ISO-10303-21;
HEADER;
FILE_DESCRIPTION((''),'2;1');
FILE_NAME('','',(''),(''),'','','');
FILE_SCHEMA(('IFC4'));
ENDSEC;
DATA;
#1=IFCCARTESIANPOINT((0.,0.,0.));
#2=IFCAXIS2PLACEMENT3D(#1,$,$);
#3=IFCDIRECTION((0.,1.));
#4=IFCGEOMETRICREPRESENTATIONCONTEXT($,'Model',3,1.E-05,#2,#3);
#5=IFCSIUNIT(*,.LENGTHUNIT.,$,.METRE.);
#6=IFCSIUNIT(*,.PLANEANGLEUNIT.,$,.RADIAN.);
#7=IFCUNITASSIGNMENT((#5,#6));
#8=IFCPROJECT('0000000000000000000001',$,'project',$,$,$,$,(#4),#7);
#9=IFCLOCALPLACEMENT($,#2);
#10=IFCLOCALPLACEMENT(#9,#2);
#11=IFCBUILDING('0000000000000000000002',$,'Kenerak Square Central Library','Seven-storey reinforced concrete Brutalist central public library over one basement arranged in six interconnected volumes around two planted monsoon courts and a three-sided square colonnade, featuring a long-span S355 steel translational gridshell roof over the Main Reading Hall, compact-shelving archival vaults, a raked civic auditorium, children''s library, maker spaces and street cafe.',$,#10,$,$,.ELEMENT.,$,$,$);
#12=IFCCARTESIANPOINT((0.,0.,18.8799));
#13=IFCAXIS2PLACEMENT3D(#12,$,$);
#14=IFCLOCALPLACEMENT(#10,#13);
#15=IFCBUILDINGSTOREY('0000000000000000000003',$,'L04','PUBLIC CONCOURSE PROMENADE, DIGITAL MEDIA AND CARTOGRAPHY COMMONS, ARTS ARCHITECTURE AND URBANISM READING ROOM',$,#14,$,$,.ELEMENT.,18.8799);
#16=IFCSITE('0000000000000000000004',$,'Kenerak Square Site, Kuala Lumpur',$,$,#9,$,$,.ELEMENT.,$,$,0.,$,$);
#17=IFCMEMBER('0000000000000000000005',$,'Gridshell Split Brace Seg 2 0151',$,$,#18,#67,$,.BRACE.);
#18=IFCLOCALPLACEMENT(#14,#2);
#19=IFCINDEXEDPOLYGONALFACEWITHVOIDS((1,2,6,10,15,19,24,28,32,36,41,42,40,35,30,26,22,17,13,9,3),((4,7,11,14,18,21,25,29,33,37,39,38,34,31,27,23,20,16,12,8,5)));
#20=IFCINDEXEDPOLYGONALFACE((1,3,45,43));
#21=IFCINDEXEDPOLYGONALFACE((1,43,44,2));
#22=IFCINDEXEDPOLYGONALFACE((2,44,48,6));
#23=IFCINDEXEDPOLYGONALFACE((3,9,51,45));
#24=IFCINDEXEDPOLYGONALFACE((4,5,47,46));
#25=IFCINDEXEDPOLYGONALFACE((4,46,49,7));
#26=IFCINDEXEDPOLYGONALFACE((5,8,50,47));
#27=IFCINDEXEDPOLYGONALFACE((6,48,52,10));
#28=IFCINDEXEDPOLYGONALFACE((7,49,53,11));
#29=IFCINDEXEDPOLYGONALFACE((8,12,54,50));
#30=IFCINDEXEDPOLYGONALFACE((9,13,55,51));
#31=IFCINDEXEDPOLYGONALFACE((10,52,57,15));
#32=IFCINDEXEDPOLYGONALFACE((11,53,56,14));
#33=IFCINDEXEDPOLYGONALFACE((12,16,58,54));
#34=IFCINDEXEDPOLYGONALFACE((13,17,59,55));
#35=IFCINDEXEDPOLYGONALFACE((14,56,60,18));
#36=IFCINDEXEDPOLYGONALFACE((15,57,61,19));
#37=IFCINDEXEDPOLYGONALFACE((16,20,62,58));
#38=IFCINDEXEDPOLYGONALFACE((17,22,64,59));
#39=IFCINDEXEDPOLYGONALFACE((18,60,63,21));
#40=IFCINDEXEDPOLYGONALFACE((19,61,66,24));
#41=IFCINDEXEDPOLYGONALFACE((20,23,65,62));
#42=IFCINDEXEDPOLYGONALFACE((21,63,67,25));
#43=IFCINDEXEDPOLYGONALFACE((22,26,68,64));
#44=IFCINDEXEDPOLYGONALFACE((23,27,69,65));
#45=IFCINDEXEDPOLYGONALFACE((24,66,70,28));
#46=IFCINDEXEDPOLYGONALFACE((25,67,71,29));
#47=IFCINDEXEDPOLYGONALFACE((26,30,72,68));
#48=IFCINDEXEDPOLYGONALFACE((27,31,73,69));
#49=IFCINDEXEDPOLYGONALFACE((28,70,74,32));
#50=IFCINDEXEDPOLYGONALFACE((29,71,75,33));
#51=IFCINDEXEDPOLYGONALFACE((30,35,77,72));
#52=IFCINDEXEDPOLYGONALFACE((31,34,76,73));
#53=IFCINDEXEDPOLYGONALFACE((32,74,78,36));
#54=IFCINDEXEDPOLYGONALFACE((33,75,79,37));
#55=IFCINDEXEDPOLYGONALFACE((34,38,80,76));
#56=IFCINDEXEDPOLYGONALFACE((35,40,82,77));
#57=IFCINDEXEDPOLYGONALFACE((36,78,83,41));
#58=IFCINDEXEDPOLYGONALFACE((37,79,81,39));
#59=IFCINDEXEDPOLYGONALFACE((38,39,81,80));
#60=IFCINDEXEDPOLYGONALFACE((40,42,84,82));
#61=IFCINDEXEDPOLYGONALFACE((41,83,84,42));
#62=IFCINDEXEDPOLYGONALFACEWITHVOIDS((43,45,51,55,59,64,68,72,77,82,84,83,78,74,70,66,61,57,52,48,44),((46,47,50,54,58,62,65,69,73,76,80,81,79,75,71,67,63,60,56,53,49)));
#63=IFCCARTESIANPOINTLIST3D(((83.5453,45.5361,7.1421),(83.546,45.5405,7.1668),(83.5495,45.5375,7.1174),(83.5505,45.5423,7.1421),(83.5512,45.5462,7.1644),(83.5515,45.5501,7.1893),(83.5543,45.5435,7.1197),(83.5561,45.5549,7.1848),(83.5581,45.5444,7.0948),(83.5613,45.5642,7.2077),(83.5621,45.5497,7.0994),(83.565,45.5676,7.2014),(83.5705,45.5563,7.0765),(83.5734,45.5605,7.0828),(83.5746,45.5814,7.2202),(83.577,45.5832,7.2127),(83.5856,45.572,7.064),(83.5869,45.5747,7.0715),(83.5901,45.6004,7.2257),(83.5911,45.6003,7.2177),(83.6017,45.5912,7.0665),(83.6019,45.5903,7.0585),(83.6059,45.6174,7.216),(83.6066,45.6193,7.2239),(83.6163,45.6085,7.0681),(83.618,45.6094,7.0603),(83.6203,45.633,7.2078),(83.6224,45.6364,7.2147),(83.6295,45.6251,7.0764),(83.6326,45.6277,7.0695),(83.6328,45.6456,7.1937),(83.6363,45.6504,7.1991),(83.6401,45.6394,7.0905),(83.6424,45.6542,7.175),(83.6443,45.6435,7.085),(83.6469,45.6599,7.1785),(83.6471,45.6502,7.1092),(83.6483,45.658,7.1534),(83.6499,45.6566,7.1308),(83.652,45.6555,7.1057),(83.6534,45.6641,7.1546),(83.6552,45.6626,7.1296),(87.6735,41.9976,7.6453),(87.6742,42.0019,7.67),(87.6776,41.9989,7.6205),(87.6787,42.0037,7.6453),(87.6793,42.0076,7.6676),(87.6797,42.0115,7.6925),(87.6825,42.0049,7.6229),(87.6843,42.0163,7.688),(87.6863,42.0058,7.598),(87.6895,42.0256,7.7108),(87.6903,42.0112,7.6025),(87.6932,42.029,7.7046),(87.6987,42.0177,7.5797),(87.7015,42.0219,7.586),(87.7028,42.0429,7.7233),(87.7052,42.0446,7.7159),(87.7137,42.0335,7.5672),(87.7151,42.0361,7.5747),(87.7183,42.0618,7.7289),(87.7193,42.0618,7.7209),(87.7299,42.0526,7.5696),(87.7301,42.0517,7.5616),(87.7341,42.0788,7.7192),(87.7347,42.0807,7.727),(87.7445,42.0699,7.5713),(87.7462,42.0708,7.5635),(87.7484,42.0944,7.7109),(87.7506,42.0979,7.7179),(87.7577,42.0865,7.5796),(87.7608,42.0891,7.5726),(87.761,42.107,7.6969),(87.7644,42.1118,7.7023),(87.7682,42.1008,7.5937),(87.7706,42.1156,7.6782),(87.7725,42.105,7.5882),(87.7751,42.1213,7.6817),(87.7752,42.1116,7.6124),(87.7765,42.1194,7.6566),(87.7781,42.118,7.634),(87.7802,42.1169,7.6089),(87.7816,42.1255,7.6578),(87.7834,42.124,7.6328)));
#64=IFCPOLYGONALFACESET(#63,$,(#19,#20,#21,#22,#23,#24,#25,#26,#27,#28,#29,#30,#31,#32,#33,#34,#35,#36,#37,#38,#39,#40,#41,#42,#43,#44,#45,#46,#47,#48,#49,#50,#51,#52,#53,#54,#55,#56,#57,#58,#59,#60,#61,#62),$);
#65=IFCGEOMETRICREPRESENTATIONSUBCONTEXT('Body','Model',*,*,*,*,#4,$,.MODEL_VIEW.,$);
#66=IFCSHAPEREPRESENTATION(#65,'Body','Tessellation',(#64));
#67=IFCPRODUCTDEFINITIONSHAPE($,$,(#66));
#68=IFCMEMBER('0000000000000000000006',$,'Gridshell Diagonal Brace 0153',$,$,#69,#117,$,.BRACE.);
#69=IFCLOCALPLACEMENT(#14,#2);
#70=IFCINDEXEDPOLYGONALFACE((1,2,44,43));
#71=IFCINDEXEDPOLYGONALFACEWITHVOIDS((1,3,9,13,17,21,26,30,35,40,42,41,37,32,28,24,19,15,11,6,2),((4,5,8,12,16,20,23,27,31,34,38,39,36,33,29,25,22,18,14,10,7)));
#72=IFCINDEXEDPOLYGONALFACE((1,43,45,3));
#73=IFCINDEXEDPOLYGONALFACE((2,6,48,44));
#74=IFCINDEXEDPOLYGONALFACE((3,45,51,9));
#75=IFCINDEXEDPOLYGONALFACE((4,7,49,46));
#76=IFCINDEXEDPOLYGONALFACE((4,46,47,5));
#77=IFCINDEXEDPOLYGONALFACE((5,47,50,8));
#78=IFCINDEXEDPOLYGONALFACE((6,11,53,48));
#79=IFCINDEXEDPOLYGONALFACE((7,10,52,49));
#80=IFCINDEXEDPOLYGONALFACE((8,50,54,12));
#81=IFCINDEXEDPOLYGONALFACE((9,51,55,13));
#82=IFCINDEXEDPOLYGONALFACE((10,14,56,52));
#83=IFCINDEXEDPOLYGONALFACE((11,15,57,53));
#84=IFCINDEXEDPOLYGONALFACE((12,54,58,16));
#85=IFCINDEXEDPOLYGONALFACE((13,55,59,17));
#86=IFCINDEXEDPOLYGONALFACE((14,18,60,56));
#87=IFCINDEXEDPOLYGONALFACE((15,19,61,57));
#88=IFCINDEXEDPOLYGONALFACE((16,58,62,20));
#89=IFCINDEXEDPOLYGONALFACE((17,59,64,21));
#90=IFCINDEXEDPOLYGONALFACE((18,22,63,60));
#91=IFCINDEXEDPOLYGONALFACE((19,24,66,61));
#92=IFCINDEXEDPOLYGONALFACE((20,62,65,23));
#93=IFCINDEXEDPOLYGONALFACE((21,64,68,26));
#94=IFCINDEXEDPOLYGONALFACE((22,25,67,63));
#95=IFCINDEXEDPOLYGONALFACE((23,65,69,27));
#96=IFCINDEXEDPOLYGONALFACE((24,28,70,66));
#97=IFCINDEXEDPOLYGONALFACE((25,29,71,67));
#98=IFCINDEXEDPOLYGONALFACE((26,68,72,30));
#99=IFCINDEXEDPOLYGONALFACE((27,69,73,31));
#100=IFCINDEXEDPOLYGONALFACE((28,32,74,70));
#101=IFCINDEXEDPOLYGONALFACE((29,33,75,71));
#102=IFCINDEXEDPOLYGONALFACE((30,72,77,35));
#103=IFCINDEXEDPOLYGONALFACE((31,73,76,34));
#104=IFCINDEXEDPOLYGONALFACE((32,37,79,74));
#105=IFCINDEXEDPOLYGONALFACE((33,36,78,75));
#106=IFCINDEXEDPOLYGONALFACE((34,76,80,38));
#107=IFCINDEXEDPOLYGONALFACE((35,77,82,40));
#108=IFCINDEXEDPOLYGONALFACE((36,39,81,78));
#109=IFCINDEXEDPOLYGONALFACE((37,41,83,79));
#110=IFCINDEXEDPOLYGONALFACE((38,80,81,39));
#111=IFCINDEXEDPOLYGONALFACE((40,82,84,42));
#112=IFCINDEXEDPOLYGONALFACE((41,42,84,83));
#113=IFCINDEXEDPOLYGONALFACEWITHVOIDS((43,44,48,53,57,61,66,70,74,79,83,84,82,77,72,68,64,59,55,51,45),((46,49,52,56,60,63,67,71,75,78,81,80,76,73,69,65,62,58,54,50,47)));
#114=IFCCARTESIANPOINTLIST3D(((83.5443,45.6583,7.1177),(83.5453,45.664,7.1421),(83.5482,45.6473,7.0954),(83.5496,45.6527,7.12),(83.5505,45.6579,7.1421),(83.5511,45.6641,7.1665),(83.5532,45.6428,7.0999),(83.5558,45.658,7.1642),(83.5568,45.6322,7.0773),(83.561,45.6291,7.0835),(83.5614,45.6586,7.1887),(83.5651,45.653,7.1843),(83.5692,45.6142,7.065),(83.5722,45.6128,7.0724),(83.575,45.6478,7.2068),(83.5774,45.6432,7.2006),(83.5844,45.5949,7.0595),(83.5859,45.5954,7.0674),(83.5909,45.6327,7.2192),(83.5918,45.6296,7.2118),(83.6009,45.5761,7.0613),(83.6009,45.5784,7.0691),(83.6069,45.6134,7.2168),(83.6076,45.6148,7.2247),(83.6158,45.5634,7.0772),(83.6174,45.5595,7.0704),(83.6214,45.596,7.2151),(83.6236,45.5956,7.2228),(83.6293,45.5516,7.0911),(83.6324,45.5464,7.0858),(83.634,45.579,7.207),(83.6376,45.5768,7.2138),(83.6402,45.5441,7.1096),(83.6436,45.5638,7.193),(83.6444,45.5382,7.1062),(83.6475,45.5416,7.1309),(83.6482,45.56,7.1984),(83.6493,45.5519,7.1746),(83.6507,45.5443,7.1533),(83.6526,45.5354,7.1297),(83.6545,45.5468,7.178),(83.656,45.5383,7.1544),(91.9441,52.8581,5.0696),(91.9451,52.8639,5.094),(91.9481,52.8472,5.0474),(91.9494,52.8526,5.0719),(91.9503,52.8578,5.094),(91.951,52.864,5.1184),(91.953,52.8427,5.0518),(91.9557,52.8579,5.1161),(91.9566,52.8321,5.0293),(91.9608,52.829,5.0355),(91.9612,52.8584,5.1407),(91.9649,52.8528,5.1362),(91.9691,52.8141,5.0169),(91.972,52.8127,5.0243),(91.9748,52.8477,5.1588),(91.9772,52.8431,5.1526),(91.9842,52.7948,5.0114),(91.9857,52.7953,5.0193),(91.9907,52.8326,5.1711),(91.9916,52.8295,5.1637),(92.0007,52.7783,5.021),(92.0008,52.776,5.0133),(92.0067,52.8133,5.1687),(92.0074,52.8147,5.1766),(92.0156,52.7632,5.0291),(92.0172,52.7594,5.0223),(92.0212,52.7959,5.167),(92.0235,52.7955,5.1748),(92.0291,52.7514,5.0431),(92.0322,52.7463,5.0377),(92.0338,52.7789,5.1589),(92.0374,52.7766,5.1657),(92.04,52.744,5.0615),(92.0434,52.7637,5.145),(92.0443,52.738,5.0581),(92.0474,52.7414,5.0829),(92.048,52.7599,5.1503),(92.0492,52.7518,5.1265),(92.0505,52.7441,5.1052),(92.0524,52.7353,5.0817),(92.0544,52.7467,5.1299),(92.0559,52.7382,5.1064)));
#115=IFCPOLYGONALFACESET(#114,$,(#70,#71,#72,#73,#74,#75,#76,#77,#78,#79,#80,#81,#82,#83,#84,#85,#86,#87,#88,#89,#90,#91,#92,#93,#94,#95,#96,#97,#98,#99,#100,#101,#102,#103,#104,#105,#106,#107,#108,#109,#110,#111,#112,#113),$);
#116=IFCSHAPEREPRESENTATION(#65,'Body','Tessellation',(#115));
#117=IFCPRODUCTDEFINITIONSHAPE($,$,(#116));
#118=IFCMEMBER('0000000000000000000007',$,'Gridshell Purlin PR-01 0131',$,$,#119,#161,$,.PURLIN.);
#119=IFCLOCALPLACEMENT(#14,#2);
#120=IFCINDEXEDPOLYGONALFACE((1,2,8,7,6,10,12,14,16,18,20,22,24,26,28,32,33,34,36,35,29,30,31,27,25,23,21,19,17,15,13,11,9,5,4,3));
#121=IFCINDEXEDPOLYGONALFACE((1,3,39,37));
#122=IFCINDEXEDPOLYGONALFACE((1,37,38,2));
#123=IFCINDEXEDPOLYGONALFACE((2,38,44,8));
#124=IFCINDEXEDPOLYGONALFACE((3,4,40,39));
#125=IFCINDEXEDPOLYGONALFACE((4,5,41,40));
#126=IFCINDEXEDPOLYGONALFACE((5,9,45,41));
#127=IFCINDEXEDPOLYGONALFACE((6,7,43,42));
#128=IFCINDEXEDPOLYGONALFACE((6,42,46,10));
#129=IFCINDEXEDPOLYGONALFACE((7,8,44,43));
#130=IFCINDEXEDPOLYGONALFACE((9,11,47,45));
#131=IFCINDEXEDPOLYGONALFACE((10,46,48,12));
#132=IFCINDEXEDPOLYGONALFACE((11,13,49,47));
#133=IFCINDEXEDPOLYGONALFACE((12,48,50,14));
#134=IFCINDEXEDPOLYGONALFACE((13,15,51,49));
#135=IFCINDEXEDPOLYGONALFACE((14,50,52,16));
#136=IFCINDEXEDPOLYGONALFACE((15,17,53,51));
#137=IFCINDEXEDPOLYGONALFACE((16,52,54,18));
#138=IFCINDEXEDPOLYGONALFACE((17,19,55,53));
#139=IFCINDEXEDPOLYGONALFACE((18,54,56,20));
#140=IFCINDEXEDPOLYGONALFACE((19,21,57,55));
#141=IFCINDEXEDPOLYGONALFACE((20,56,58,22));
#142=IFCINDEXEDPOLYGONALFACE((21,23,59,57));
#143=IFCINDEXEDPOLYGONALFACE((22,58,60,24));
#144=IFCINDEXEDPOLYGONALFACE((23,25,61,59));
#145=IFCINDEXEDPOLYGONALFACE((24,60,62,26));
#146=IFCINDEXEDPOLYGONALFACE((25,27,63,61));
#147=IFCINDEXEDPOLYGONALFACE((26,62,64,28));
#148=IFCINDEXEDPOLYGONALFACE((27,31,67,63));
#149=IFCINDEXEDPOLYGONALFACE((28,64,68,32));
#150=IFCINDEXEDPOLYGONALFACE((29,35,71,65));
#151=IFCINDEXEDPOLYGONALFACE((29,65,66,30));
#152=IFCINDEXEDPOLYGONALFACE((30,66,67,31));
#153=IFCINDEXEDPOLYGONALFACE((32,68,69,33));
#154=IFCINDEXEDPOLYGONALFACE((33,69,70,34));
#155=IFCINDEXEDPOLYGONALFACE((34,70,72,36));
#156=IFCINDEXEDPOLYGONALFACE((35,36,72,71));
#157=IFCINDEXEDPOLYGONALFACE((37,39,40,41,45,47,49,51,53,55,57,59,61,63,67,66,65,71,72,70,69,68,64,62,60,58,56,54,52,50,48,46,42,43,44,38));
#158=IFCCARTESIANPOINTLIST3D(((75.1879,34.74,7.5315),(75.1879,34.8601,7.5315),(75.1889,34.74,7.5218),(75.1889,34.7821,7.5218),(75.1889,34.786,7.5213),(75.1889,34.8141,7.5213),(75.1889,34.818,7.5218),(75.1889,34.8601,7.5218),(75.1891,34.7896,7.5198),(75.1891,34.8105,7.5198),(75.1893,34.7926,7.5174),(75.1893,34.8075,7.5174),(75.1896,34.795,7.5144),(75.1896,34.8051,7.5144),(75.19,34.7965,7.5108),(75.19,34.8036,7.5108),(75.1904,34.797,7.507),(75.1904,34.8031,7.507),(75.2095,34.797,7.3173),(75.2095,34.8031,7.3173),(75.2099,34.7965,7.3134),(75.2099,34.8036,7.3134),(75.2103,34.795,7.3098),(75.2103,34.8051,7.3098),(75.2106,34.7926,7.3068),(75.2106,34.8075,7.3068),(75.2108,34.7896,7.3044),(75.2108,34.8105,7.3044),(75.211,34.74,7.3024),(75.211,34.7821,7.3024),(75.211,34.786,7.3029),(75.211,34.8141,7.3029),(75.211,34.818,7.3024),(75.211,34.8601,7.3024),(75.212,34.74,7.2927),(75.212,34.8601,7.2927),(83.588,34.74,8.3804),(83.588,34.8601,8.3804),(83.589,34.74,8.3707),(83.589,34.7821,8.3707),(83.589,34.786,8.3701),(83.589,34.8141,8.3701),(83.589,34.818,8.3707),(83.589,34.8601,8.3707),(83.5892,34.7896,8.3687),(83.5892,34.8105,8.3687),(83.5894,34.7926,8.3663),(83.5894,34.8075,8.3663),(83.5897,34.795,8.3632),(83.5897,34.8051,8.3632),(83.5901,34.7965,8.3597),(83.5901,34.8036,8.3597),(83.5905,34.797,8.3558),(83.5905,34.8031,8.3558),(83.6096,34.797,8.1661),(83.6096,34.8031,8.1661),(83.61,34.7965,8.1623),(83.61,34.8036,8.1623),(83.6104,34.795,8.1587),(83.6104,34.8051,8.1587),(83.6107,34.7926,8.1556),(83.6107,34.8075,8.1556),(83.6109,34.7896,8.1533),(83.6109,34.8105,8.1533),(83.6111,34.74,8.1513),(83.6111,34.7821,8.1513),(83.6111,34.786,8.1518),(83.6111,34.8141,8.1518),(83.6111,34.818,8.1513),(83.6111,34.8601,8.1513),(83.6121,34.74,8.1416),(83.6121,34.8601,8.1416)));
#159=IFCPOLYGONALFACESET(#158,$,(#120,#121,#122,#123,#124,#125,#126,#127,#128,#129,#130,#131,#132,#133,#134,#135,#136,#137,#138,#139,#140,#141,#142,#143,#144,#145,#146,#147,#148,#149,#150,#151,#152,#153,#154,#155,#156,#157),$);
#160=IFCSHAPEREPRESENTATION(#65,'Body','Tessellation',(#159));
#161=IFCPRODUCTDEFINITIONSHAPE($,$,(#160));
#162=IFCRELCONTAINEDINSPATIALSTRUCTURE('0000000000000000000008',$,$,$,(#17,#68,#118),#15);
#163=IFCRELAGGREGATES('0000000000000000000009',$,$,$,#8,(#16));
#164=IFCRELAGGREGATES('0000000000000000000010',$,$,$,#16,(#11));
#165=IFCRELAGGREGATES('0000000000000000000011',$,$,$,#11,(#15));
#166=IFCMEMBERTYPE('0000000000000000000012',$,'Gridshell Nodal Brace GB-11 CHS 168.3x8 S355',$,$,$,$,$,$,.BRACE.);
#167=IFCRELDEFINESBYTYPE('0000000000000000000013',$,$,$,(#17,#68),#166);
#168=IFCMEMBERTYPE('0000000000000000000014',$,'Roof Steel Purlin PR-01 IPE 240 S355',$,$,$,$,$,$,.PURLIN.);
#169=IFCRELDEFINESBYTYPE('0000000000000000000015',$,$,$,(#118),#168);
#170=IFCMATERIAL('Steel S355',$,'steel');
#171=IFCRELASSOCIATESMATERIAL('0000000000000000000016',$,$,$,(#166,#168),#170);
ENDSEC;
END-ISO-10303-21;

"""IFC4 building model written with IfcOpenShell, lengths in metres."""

from ifc_helpers import new_model, si_unit, direction, frame, origin, origin_2d, place, context, subcontext, project, spatial, hollow_circle, i_section, extrude, material, material_profile, profile_set, type_object, element, save


model = new_model("IFC4")

# Units and contexts
model_context = context("Model", 3, precision=1e-05, world=origin(), true_north=direction((0.0, 1.0)))
body_context = subcontext(model_context, "Body", "Model", "MODEL_VIEW")
ifc_project = project(units=[si_unit("LENGTHUNIT", "METRE"), si_unit("PLANEANGLEUNIT", "RADIAN")], contexts=[model_context])

# Site, building, storey
site_placement = place(None, origin())
site = spatial("IfcSite", under=ifc_project, at=site_placement, Name="Kenerak Square Site, Kuala Lumpur", CompositionType="ELEMENT", RefElevation=0.0)
building_placement = place(site_placement, origin())
building = spatial("IfcBuilding", under=site, at=building_placement, Name="Kenerak Square Central Library", Description="Seven-storey reinforced concrete Brutalist central public library over one basement arranged in six interconnected volumes around two planted monsoon courts and a three-sided square colonnade, featuring a long-span S355 steel translational gridshell roof over the Main Reading Hall, compact-shelving archival vaults, a raked civic auditorium, children's library, maker spaces and street cafe.", CompositionType="ELEMENT")
storey_placement = place(building_placement, frame((0.0, 0.0, 18.8799)))
storey = spatial("IfcBuildingStorey", under=building, at=storey_placement, Name="L04", Description="PUBLIC CONCOURSE PROMENADE, DIGITAL MEDIA AND CARTOGRAPHY COMMONS, ARTS ARCHITECTURE AND URBANISM READING ROOM", CompositionType="ELEMENT", Elevation=18.8799)

# Members
ifc_material = material(Name="Steel S355", Category="steel")
ifc_material_profile_1 = material_profile(ifc_material, hollow_circle(Radius=0.0842, WallThickness=0.0081, at=origin_2d()), Name="CHS 168.3x8.0")
ifc_profile_set_1 = profile_set([ifc_material_profile_1], Name="Steel S355")
member_type_1 = type_object("IfcMemberType", Name="Gridshell Nodal Brace GB-11 CHS 168.3x8 S355", PredefinedType="BRACE", material=ifc_profile_set_1)
member_1_placement = place(storey_placement, frame((87.7283, 42.0615, 7.6453), z_axis=(-0.756014, 0.648037, -0.092149), x_axis=(-0.650806, -0.759244, 0.0)))
element("IfcMember", 1, at=member_1_placement, inside=storey, type_object=member_type_1, Name="Gridshell Split Brace Seg 2 0151", PredefinedType="BRACE", context=body_context, shape_type="SweptSolid", body=[
    extrude(hollow_circle(Radius=0.0842, WallThickness=0.0081, at=origin_2d()), origin(), (0.0, 0.0, 1.0), 5.4604),
])
member_2_placement = place(storey_placement, frame((83.6001, 45.6001, 7.1421), z_axis=(0.74657, 0.63992, -0.182031), x_axis=(-0.650793, 0.759255, 0.0)))
element("IfcMember", 2, at=member_2_placement, inside=storey, type_object=member_type_1, Name="Gridshell Diagonal Brace 0153", PredefinedType="BRACE", context=body_context, shape_type="SweptSolid", body=[
    extrude(hollow_circle(Radius=0.0842, WallThickness=0.0081, at=origin_2d()), origin(), (0.0, 0.0, 1.0), 11.2512),
])
ifc_material_profile_2 = material_profile(ifc_material, i_section(OverallWidth=0.1201, OverallDepth=0.24, WebThickness=0.0061, FlangeThickness=0.0098, FilletRadius=0.0149, at=origin_2d()), Name="IPE 240")
ifc_profile_set_2 = profile_set([ifc_material_profile_2], Name="Steel S355")
member_type_2 = type_object("IfcMemberType", Name="Roof Steel Purlin PR-01 IPE 240 S355", PredefinedType="PURLIN", material=ifc_profile_set_2)
for number, where, z_axis, x_axis, name in (
    (3, (75.2, 34.8, 7.4121), (0.994933, 0.0, 0.100543), (0.0, 1.0, 0.0), "Gridshell Purlin PR-01 0131"),
):
    element("IfcMember", number, at=place(storey_placement, frame(where, z_axis=z_axis, x_axis=x_axis)), inside=storey, type_object=member_type_2, Name=name, PredefinedType="PURLIN", context=body_context, shape_type="SweptSolid", body=[
        extrude(i_section(OverallWidth=0.1201, OverallDepth=0.24, WebThickness=0.0061, FlangeThickness=0.0098, FilletRadius=0.0149, at=origin_2d()), origin(), (0.0, 0.0, 1.0), 8.4429),
    ])

save(model, "model.ifc")
